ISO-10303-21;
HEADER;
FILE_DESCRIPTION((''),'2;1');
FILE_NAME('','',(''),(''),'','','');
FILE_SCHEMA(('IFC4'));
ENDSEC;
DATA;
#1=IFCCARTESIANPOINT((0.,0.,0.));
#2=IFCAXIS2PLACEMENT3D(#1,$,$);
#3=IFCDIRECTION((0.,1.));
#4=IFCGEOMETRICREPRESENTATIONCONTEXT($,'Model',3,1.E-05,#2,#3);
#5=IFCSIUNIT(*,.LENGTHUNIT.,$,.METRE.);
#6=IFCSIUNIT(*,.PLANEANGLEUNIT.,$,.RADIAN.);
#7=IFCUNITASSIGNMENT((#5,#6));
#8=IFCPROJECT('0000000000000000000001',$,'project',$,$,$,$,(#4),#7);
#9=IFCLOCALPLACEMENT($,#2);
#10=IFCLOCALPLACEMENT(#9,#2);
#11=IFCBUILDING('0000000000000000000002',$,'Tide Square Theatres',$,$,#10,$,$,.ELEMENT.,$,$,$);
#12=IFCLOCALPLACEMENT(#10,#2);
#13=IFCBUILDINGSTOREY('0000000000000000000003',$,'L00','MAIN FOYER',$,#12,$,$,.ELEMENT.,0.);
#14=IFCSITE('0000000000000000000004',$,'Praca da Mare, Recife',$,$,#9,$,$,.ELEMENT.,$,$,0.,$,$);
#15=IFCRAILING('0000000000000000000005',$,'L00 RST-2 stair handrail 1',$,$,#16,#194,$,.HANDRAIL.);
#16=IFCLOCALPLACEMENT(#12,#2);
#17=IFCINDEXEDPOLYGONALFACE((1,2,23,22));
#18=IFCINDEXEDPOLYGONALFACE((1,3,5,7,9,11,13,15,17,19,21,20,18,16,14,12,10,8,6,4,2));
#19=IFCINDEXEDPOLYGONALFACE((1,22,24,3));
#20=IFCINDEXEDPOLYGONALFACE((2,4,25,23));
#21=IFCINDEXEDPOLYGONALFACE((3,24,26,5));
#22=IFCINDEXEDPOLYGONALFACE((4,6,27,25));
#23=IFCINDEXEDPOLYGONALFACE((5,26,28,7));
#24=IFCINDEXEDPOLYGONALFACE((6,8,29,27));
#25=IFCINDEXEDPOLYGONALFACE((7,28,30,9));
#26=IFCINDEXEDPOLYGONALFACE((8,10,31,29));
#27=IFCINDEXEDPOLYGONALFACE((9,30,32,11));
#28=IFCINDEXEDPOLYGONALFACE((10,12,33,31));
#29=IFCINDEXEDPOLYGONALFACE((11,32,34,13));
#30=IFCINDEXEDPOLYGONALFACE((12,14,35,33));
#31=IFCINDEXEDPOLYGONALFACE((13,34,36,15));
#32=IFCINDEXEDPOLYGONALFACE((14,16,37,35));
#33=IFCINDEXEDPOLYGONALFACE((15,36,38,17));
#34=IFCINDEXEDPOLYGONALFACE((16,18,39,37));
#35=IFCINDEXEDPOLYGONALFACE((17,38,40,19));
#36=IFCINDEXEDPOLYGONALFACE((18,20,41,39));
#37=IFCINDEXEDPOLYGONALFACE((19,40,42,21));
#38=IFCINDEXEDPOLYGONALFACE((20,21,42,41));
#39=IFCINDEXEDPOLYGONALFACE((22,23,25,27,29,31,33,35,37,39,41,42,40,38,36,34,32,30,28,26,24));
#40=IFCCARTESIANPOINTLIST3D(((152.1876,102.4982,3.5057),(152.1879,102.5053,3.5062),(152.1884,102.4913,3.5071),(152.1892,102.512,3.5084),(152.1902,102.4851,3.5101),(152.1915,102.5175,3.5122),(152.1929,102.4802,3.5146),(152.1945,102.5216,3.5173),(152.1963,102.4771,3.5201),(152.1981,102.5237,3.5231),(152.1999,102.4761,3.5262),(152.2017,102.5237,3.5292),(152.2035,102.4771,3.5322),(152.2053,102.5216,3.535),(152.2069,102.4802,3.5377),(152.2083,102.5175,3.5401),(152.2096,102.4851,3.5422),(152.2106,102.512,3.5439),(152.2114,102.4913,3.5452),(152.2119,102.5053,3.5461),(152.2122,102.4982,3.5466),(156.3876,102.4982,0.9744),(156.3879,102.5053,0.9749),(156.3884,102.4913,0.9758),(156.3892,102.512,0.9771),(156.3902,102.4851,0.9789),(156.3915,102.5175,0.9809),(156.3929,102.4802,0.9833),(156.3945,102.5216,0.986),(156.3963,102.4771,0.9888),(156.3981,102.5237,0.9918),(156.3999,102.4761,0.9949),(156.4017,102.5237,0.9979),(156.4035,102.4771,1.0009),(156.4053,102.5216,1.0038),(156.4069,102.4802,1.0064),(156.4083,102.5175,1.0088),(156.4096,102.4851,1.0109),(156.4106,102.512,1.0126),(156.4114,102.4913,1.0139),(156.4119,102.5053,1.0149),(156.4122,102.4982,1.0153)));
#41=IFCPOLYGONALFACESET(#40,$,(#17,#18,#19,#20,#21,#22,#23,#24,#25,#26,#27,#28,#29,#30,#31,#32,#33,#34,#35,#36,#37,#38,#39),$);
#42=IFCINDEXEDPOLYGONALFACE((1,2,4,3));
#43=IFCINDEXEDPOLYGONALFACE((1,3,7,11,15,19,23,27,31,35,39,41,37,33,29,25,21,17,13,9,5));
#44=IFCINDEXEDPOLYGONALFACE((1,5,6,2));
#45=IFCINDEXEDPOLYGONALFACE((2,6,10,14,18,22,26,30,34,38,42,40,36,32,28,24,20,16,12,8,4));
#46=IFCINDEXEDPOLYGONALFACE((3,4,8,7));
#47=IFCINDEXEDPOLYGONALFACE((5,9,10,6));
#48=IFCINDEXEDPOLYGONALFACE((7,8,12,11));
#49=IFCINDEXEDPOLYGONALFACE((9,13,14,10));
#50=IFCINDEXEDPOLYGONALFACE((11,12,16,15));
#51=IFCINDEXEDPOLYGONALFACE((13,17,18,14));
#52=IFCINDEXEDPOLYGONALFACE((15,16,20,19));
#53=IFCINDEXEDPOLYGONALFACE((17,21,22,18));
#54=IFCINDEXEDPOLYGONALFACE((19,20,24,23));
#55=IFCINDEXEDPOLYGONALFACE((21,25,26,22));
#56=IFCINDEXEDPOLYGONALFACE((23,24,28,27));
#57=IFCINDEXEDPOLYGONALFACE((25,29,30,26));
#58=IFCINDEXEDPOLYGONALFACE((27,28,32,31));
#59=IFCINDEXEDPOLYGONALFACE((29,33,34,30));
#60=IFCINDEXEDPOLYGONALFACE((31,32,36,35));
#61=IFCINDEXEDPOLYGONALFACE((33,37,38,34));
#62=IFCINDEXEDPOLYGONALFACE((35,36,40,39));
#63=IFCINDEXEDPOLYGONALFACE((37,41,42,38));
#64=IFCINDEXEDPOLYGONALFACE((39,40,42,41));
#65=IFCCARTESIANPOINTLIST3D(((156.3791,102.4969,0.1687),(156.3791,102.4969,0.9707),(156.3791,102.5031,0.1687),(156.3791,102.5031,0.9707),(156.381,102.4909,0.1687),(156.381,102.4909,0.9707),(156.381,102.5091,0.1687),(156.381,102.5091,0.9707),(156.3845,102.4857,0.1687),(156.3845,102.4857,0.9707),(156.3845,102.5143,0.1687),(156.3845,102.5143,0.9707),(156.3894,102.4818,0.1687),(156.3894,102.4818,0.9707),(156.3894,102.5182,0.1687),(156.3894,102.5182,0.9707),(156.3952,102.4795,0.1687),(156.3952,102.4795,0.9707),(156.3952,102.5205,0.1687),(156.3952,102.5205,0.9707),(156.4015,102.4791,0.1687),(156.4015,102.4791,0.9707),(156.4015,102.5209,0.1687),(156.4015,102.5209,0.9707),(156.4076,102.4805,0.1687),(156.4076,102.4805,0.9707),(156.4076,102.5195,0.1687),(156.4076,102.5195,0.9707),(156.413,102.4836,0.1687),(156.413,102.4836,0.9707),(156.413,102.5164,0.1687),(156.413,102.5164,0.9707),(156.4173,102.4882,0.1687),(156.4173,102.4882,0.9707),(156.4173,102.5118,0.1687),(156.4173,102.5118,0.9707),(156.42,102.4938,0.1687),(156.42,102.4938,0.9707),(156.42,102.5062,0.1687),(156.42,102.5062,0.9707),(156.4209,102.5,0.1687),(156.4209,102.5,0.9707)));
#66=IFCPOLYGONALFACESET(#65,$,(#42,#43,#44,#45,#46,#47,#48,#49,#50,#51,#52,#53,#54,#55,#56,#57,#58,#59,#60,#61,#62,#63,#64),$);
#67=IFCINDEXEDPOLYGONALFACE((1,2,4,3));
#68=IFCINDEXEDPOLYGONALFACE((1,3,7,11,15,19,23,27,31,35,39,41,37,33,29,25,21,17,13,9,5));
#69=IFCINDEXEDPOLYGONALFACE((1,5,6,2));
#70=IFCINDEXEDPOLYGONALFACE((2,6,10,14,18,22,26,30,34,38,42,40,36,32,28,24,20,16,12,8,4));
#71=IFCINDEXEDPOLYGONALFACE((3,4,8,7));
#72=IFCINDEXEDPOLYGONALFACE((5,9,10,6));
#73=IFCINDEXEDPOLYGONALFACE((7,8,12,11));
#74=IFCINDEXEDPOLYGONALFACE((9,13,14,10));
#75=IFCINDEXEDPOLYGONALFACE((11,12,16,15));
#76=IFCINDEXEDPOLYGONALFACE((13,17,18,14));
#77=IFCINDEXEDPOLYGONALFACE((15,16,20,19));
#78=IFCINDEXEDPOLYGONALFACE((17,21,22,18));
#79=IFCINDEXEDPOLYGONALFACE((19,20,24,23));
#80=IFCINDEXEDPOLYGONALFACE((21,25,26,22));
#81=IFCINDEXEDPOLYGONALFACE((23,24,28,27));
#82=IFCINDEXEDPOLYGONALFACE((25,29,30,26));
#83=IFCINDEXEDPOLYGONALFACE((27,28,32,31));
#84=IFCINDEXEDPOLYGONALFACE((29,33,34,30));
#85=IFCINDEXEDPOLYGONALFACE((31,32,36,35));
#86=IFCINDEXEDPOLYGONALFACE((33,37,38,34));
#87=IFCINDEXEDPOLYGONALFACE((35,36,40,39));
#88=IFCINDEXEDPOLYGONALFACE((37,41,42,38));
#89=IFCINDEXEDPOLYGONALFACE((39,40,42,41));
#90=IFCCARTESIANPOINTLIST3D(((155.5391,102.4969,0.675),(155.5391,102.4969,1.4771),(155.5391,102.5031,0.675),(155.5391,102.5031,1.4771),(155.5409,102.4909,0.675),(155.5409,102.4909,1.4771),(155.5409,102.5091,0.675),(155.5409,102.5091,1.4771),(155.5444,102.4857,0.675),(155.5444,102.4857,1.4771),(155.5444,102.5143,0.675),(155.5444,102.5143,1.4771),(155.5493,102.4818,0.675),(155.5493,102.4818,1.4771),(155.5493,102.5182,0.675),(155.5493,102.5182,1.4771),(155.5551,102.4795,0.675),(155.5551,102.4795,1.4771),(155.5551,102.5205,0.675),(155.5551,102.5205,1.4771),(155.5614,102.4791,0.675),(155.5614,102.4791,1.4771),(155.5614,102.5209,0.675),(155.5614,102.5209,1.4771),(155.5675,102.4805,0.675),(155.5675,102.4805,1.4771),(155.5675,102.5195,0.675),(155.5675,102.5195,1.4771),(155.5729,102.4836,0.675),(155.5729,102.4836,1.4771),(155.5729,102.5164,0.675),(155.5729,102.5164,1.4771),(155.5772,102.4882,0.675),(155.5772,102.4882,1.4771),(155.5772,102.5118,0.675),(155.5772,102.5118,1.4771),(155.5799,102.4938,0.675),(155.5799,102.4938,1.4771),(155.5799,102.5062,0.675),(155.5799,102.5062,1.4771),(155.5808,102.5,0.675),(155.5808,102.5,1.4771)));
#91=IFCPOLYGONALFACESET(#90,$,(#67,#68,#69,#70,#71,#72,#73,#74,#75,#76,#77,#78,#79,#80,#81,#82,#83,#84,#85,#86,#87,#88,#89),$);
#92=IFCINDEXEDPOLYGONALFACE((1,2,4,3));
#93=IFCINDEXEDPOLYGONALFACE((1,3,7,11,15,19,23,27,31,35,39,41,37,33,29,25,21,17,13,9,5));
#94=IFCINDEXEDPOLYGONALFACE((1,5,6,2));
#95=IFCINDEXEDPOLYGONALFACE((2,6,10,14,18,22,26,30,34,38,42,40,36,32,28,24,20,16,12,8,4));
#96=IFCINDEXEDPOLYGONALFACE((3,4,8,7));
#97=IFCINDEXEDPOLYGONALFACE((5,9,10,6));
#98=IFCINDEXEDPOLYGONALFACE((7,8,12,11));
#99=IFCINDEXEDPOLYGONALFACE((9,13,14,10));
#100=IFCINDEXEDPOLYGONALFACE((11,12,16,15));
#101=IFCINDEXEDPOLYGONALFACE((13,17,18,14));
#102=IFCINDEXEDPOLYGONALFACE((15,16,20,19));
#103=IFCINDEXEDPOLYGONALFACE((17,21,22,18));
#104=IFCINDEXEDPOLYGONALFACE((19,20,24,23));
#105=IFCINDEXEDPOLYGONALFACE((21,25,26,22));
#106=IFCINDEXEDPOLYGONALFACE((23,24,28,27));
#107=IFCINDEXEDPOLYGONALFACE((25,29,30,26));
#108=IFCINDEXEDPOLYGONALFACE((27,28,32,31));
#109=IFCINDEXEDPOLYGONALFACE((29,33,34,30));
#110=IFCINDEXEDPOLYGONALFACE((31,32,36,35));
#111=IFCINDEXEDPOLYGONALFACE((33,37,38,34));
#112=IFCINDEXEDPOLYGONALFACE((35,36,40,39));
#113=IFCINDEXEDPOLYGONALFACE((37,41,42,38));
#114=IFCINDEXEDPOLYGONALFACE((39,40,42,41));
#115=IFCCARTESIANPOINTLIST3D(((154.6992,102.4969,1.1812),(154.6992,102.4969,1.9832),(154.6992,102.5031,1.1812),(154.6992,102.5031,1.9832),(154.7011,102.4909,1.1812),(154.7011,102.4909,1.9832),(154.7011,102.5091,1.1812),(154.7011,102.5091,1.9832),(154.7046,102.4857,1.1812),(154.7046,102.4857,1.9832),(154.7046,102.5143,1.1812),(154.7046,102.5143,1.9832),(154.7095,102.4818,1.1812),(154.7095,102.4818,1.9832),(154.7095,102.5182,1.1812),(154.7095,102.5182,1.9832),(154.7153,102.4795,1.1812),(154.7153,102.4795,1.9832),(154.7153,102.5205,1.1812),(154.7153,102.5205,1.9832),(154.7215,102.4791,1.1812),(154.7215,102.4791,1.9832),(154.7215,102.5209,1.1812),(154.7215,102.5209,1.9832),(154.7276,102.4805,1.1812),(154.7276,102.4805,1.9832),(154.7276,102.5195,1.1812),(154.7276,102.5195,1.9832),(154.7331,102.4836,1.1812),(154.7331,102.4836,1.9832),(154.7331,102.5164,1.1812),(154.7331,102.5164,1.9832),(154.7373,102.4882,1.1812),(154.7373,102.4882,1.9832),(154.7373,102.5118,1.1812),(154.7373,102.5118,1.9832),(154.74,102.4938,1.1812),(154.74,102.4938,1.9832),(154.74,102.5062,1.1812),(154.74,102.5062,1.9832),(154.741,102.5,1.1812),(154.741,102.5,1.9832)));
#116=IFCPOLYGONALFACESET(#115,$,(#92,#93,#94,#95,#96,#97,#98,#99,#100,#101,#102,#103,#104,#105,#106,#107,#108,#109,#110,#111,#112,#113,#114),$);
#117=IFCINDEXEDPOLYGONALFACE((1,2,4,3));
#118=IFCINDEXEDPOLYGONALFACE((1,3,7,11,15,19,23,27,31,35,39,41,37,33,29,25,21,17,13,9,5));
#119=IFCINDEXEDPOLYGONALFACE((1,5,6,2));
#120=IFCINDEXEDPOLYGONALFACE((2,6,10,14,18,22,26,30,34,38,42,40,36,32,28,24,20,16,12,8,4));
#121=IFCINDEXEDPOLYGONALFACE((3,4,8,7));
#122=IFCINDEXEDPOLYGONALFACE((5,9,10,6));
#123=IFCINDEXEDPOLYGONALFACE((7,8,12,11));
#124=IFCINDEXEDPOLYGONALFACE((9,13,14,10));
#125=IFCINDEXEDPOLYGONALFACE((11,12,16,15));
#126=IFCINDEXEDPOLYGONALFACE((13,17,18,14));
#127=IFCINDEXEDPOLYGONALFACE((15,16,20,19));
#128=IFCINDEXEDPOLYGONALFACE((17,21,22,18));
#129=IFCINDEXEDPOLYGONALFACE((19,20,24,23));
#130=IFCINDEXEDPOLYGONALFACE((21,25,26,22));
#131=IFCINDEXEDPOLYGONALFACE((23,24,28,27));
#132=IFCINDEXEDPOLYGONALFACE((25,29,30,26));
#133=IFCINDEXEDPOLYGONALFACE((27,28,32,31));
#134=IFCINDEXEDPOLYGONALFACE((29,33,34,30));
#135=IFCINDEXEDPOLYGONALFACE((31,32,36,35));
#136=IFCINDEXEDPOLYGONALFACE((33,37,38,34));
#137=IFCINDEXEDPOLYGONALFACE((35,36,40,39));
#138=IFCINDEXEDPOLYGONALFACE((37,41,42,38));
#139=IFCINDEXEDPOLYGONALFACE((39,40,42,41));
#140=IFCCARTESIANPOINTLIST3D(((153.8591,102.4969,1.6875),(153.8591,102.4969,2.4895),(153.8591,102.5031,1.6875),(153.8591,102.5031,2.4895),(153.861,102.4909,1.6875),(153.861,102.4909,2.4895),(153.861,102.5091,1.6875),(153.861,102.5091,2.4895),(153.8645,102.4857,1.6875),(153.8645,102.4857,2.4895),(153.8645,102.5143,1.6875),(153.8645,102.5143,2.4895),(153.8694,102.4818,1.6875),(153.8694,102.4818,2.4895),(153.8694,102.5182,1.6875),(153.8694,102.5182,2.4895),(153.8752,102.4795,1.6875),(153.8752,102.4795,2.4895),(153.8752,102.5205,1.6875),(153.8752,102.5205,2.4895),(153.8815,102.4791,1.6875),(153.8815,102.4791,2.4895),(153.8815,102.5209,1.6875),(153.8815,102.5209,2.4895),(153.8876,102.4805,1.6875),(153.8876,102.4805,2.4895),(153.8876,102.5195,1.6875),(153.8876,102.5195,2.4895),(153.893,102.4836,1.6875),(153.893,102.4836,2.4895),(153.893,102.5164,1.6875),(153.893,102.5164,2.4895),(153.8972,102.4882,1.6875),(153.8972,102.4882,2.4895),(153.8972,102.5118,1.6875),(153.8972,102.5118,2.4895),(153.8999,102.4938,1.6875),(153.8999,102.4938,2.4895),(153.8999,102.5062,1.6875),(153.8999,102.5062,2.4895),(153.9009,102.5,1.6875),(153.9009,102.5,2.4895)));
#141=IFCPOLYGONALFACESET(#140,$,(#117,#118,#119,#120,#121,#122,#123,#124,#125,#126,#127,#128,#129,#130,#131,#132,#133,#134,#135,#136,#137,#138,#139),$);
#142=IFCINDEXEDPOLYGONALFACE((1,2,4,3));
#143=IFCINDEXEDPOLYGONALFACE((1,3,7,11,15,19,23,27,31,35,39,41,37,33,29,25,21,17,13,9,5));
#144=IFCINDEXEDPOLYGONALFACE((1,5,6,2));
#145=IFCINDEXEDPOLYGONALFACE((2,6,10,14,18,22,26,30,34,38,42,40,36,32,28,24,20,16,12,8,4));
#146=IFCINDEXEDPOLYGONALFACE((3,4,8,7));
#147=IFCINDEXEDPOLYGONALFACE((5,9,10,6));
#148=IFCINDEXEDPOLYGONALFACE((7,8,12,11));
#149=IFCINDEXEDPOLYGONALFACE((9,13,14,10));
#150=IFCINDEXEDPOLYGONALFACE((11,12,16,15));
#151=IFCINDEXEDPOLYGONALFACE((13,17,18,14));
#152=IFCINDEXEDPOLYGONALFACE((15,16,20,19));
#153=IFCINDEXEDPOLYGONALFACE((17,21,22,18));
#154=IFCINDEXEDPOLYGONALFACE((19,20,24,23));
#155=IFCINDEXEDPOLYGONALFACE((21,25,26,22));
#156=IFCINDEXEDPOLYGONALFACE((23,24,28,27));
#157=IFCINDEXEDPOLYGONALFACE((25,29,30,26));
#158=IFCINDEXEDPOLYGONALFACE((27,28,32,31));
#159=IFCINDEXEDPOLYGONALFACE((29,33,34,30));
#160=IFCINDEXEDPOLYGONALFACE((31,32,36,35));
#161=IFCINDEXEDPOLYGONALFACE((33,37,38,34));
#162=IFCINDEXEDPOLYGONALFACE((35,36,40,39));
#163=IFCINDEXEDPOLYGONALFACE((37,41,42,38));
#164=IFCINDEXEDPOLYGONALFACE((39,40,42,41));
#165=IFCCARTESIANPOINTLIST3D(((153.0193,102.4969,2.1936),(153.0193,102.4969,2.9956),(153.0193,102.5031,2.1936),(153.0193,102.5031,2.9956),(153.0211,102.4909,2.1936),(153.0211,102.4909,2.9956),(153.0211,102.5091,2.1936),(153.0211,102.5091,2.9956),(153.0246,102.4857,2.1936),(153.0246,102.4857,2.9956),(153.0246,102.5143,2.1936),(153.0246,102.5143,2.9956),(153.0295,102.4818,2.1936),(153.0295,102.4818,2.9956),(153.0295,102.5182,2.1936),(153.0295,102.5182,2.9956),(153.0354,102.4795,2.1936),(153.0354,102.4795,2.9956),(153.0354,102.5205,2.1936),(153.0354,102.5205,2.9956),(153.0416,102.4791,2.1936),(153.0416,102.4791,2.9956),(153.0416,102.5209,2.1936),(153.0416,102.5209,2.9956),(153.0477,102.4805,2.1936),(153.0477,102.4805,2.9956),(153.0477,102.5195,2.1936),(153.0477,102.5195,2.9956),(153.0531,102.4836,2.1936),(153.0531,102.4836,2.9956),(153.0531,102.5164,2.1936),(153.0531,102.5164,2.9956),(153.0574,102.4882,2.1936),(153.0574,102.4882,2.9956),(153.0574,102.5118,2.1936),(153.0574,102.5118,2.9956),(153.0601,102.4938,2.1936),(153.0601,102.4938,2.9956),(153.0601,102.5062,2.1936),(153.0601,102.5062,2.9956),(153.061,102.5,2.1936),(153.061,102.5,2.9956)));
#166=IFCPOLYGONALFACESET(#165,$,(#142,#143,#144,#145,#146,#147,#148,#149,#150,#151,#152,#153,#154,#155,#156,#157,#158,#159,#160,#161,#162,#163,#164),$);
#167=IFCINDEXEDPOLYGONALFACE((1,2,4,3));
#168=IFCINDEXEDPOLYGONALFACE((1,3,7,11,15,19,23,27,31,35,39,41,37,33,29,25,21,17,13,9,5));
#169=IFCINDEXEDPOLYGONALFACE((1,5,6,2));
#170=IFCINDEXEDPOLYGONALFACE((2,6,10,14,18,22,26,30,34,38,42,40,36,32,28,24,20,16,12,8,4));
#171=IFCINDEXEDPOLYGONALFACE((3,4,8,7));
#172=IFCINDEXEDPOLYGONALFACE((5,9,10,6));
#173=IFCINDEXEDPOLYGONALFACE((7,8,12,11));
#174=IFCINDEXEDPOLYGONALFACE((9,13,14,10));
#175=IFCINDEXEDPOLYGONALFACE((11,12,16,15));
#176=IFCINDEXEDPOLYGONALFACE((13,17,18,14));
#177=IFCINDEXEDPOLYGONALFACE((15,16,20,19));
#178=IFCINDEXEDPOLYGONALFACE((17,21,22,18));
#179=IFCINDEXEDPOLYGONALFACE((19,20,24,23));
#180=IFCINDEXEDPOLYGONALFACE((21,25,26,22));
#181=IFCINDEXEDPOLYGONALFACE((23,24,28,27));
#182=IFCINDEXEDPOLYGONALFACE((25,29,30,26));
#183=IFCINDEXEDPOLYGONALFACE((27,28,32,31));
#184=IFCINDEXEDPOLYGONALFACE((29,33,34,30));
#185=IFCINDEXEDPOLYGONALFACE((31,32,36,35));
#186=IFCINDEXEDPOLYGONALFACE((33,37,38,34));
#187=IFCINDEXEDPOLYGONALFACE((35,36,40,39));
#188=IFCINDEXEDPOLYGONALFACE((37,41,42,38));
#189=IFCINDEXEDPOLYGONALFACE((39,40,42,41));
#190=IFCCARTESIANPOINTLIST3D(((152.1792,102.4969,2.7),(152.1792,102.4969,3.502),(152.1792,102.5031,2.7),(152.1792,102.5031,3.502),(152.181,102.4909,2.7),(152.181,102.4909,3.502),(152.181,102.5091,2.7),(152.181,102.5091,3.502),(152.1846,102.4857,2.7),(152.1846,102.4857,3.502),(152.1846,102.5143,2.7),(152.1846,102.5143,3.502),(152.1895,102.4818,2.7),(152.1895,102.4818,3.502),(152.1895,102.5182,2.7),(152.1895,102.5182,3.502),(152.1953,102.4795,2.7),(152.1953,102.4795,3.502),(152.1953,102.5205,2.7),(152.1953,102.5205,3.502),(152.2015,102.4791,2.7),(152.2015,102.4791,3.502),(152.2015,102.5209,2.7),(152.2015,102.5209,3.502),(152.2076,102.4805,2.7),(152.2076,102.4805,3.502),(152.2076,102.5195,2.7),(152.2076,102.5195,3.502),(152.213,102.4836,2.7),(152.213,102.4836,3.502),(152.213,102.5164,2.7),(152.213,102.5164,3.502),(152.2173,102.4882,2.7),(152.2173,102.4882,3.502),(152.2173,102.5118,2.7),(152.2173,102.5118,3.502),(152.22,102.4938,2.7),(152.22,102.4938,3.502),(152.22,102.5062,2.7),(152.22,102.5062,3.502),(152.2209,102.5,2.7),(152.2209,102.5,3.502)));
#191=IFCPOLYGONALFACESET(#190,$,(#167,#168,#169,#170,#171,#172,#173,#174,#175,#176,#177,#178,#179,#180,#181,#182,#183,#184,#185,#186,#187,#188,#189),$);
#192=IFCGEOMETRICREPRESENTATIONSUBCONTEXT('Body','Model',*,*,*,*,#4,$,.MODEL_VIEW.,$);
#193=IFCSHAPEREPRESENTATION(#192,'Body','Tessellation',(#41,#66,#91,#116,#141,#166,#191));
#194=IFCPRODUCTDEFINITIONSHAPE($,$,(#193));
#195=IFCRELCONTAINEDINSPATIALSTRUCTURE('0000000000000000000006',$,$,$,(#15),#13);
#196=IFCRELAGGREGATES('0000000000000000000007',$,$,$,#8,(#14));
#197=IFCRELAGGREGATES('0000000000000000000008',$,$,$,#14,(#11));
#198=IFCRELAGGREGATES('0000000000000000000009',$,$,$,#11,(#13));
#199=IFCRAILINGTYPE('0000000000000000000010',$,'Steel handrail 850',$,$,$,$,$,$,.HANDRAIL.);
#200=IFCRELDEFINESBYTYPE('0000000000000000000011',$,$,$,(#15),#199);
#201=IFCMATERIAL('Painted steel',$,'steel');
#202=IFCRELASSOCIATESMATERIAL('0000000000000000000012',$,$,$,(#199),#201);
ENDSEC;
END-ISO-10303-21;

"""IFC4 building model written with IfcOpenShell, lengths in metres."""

from ifc_helpers import new_model, si_unit, direction, frame, origin, origin_2d, place, context, subcontext, project, spatial, circle, extrude, material, type_object, element, save


model = new_model("IFC4")

# Units and contexts
model_context = context("Model", 3, precision=1e-05, world=origin(), true_north=direction((0.0, 1.0)))
body_context = subcontext(model_context, "Body", "Model", "MODEL_VIEW")
ifc_project = project(units=[si_unit("LENGTHUNIT", "METRE"), si_unit("PLANEANGLEUNIT", "RADIAN")], contexts=[model_context])

# Site, building, storey
site_placement = place(None, origin())
site = spatial("IfcSite", under=ifc_project, at=site_placement, Name="Praca da Mare, Recife", CompositionType="ELEMENT", RefElevation=0.0)
building_placement = place(site_placement, origin())
building = spatial("IfcBuilding", under=site, at=building_placement, Name="Tide Square Theatres", CompositionType="ELEMENT")
storey_placement = place(building_placement, origin())
storey = spatial("IfcBuildingStorey", under=building, at=storey_placement, Name="L00", Description="MAIN FOYER", CompositionType="ELEMENT", Elevation=0.0)

# Railing
ifc_material_1 = material(Name="Painted steel", Category="steel")
railing_type_1 = type_object("IfcRailingType", Name="Steel handrail 850", PredefinedType="HANDRAIL", material=ifc_material_1)
for number, where, name in (
    (1, (156.3999, 102.5, 0.1687), "L00 RST-2 stair handrail 1"),
):
    element("IfcRailing", number, at=place(storey_placement, frame(where)), inside=storey, type_object=railing_type_1, Name=name, PredefinedType="HANDRAIL", context=body_context, shape_type="SweptSolid", body=[
        extrude(circle(Radius=0.0239, at=origin_2d()), frame((0.0, 0.0, 0.8262), z_axis=(-0.856476, 0.0, 0.516186), x_axis=(0.0, -1.0, 0.0)), (0.0, 0.0, 1.0), 4.9038),
        extrude(circle(Radius=0.021, at=origin_2d()), origin(), (0.0, 0.0, 1.0), 0.802),
        extrude(circle(Radius=0.021, at=origin_2d()), frame((-0.8401, 0.0, 0.5063)), (0.0, 0.0, 1.0), 0.802),
        extrude(circle(Radius=0.021, at=origin_2d()), frame((-1.6799, 0.0, 1.0125)), (0.0, 0.0, 1.0), 0.802),
        extrude(circle(Radius=0.021, at=origin_2d()), frame((-2.52, 0.0, 1.5188)), (0.0, 0.0, 1.0), 0.802),
        extrude(circle(Radius=0.021, at=origin_2d()), frame((-3.3599, 0.0, 2.0249)), (0.0, 0.0, 1.0), 0.802),
        extrude(circle(Radius=0.021, at=origin_2d()), frame((-4.2, 0.0, 2.5312)), (0.0, 0.0, 1.0), 0.802),
    ])

save(model, "model.ifc")
